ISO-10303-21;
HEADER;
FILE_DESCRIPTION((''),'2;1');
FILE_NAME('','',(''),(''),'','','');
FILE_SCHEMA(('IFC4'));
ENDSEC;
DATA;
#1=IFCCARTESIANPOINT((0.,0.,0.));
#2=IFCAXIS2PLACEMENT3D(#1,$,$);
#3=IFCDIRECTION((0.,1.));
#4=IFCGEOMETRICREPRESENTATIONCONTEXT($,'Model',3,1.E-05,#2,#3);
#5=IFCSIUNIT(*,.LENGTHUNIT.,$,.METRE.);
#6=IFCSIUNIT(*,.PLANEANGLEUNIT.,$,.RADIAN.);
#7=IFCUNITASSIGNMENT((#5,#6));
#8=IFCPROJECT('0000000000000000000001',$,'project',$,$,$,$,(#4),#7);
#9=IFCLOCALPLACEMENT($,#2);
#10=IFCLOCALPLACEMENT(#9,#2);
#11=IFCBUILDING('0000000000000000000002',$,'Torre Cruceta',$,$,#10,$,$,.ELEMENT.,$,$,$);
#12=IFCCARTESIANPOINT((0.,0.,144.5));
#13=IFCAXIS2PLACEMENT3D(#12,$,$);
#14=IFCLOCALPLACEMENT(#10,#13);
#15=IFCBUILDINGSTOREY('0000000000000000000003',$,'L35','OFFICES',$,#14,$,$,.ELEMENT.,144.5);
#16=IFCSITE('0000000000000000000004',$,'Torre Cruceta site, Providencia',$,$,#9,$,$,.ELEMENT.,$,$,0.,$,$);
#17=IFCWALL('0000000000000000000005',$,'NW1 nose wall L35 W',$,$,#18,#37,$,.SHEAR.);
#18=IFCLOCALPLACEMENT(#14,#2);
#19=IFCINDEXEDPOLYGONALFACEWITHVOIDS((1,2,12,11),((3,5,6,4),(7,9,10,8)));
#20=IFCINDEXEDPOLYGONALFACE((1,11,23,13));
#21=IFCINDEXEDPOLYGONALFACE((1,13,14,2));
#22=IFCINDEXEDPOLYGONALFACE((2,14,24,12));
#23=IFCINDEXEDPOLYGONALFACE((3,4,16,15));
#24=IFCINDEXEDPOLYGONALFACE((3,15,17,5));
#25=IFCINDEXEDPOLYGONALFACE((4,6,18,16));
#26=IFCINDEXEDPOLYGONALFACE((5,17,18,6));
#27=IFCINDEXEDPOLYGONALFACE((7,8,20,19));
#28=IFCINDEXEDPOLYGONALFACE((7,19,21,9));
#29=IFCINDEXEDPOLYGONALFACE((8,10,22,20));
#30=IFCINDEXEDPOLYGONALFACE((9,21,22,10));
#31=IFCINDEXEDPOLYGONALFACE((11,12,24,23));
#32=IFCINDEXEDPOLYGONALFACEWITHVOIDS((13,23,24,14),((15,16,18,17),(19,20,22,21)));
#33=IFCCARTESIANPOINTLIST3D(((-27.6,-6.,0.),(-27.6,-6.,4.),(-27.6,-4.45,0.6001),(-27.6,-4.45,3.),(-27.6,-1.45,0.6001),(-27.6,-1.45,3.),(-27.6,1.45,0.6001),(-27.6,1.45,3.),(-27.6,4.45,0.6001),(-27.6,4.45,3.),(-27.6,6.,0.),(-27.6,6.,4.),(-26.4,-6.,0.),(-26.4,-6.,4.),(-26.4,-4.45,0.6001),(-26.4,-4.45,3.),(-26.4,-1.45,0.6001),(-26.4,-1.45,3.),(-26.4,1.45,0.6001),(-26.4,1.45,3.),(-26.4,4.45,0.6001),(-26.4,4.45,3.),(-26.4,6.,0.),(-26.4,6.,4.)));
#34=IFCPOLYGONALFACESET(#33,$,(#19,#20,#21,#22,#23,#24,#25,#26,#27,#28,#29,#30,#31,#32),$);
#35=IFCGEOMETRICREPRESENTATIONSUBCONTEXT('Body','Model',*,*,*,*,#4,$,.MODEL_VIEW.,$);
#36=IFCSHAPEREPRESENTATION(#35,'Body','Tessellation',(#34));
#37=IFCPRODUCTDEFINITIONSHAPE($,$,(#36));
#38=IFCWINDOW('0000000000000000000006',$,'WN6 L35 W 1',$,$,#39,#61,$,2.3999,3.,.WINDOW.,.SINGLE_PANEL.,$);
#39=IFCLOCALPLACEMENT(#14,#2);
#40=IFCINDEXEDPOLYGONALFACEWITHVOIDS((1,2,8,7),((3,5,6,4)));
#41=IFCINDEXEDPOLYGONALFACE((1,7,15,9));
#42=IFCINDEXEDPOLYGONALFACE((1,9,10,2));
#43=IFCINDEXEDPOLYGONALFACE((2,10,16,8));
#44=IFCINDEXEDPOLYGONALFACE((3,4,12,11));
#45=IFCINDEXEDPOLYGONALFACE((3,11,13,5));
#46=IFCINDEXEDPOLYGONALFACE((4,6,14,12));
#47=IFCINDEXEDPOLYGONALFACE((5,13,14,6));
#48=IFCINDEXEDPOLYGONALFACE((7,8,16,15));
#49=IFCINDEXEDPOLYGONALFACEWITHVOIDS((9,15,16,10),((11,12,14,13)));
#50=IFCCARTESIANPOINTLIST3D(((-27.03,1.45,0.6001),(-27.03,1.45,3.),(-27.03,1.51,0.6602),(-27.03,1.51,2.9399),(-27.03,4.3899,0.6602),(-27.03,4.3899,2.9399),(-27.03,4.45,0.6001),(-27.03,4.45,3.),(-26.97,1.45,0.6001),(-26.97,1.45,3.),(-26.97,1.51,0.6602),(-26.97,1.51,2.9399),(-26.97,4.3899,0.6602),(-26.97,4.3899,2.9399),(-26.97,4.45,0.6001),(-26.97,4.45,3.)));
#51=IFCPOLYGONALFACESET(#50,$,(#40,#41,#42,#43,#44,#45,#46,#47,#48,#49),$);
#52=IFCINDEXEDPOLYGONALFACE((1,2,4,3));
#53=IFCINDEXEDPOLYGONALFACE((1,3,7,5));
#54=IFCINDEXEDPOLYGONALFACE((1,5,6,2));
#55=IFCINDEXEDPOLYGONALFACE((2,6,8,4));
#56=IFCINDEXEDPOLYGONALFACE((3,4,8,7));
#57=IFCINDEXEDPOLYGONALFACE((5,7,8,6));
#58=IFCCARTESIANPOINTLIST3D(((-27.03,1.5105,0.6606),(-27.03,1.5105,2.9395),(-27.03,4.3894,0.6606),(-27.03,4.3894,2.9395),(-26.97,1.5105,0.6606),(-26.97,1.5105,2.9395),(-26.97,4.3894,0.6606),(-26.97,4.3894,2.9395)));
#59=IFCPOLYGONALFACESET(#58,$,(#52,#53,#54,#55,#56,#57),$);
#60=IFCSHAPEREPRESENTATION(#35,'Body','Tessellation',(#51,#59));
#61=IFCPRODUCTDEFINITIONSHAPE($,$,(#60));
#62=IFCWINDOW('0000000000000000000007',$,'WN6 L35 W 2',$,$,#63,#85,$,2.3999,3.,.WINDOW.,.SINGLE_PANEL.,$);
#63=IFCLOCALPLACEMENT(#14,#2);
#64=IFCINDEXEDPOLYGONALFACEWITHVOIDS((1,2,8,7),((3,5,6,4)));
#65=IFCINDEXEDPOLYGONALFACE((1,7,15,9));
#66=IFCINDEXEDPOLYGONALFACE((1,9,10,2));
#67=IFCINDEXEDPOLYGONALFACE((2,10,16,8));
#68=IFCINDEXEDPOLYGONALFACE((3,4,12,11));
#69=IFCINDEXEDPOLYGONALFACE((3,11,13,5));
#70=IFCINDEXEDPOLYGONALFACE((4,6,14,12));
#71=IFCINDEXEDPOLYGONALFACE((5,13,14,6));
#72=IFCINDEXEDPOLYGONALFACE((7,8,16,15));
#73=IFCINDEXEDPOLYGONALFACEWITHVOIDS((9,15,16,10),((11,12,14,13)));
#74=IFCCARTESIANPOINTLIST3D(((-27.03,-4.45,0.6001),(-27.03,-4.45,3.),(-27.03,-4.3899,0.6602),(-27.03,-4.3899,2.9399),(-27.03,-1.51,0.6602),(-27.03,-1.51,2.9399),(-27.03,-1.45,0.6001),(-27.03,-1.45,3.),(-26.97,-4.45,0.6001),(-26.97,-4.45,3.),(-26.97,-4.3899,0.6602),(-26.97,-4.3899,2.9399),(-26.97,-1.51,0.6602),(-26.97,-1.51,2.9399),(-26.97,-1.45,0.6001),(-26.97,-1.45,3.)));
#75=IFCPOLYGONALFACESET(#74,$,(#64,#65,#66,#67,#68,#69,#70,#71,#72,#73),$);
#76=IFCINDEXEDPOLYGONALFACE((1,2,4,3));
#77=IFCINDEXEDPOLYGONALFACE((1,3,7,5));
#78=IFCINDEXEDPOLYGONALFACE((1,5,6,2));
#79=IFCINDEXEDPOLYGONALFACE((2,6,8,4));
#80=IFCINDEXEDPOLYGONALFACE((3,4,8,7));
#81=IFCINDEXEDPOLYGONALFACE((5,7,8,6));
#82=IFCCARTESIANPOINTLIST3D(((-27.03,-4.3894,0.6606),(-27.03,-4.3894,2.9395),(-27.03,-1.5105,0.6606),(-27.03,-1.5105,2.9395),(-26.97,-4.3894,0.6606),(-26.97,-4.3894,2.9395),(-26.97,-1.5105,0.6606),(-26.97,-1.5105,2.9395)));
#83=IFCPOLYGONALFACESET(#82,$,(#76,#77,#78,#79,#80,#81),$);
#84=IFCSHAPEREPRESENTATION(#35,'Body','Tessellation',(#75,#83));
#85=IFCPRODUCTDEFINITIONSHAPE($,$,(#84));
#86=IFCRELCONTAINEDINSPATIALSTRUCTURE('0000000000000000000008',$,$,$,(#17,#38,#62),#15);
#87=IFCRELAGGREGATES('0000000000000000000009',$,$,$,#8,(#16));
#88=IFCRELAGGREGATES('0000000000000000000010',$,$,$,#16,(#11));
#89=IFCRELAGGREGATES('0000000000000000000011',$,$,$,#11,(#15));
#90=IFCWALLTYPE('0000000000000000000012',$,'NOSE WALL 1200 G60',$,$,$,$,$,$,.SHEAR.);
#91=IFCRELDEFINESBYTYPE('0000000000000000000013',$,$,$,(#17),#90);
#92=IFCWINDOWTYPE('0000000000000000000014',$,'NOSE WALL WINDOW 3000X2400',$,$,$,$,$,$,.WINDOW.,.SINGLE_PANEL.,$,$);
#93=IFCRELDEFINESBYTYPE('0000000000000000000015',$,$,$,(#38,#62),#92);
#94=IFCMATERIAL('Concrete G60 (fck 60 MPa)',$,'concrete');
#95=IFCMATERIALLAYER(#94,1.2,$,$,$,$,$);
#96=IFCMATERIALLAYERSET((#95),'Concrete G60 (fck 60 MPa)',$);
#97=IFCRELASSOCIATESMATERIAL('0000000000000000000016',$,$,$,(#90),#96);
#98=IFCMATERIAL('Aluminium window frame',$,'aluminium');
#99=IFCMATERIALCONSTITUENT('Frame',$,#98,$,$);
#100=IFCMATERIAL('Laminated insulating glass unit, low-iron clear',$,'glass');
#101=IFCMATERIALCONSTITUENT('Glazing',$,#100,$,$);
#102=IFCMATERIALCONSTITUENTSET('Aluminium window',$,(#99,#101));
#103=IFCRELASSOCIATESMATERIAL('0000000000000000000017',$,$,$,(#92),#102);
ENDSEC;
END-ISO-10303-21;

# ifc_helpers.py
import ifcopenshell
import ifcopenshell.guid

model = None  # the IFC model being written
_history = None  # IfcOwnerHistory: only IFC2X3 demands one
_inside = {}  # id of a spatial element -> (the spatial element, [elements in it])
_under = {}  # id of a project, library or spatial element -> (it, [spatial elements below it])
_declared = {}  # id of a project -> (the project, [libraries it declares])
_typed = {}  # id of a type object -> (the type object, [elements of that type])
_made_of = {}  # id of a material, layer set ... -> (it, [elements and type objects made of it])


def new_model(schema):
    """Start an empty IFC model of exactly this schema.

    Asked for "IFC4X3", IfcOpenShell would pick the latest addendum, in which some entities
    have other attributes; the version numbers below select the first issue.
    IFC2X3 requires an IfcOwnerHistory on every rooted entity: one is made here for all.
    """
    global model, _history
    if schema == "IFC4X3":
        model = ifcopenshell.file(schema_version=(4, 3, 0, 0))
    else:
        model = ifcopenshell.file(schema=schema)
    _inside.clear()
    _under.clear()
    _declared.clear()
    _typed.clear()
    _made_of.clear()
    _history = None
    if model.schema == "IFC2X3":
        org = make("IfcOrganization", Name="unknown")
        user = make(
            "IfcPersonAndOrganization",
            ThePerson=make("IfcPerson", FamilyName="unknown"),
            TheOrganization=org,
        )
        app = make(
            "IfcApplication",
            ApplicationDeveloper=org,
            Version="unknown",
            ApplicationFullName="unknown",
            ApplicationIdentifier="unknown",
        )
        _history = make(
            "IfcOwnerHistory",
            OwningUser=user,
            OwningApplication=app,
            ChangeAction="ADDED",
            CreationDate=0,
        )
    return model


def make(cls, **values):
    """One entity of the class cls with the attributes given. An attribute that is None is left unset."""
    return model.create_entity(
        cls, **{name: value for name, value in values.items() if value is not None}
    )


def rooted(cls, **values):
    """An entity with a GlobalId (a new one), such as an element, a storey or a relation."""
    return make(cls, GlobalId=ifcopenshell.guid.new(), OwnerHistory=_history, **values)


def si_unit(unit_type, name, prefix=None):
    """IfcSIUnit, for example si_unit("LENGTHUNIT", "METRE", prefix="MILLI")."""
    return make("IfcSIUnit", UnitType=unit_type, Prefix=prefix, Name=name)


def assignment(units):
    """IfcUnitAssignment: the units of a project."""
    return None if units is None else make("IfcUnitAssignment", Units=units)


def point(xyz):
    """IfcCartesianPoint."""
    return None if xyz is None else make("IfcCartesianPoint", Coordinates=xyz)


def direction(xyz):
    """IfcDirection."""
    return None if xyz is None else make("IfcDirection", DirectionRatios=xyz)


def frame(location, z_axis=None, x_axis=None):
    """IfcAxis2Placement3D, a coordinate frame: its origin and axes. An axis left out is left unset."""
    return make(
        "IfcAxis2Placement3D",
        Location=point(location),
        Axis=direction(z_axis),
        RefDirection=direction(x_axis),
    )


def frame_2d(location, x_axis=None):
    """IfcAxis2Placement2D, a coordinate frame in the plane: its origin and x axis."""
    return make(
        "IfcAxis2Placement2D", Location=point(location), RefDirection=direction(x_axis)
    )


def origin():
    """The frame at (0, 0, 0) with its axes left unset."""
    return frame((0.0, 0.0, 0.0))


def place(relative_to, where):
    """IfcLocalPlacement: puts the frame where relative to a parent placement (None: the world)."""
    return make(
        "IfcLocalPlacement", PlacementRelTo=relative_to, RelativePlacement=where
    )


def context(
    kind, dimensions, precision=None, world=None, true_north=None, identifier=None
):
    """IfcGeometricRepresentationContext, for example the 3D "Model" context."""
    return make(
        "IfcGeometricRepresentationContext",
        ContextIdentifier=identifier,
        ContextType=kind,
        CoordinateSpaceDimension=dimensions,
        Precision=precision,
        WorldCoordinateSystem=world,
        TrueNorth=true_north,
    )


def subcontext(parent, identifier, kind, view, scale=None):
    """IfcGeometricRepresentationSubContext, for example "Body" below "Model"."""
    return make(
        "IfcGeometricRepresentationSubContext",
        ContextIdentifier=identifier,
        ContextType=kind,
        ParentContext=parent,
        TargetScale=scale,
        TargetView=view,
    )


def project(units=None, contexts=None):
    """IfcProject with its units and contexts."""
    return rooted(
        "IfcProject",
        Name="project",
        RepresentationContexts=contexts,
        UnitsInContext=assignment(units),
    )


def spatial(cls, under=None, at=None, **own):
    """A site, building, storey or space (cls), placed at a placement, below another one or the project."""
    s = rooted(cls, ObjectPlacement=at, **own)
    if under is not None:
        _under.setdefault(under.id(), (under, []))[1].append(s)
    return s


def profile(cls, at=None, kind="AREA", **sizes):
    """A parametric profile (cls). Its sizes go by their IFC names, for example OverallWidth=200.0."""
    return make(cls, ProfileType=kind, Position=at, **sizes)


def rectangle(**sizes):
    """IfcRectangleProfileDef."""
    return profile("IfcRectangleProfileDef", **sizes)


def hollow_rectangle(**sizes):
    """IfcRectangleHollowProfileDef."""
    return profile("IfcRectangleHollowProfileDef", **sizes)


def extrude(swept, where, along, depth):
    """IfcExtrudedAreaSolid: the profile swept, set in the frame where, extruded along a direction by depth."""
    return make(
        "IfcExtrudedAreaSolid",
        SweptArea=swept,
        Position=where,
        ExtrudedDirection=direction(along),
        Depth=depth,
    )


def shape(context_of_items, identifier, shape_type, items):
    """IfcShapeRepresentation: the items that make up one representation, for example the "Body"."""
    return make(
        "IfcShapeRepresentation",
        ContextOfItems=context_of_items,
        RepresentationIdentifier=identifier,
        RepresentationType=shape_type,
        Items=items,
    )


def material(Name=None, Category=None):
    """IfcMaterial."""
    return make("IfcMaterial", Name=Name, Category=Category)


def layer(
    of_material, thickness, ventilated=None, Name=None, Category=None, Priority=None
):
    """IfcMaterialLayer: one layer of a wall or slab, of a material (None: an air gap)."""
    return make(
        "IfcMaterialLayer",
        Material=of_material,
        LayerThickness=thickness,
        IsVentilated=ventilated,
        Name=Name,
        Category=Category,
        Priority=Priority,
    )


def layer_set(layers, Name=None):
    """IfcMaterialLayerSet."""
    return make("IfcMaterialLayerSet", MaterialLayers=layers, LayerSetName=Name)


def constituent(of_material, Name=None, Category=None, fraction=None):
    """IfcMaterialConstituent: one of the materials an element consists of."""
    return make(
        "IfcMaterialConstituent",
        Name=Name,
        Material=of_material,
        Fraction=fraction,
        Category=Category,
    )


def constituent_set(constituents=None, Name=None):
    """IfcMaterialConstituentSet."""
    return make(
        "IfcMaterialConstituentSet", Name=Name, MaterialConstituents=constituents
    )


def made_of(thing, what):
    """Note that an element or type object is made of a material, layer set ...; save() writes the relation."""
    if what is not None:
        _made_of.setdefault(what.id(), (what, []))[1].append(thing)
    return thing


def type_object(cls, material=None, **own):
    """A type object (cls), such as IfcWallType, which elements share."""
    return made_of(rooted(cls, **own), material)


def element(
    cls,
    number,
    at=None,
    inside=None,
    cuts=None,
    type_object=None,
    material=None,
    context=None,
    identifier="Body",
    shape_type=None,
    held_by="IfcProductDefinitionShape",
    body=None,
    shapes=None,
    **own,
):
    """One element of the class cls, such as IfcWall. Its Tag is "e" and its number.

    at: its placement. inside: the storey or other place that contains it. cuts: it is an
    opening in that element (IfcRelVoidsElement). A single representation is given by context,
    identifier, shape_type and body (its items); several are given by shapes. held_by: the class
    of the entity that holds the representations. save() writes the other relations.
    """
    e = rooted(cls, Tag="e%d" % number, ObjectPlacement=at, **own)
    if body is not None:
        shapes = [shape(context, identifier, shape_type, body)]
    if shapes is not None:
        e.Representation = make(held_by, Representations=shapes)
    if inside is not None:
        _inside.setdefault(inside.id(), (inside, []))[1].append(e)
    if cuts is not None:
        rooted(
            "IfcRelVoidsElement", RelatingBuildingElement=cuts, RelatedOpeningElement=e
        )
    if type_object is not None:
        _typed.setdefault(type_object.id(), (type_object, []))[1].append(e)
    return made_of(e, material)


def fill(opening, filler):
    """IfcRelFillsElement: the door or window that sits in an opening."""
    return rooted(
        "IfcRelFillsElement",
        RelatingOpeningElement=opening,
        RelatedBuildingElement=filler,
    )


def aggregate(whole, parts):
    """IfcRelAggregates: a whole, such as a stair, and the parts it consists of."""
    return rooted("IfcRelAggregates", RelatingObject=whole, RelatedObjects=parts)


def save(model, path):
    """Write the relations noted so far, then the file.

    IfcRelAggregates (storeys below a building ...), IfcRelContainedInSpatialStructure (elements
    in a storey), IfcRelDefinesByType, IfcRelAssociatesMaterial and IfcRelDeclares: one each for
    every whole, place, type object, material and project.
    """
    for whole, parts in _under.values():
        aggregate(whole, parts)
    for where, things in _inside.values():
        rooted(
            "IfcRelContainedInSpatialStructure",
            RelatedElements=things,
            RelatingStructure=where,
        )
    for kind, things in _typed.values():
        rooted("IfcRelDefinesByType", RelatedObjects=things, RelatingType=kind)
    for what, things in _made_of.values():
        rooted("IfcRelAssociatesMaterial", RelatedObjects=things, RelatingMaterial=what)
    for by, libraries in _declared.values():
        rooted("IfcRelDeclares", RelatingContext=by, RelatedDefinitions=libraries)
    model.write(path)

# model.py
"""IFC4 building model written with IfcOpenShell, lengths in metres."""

from ifc_helpers import new_model, si_unit, direction, frame, frame_2d, origin, place, context, subcontext, project, spatial, rectangle, hollow_rectangle, extrude, material, layer, layer_set, constituent, constituent_set, type_object, element, fill, save


model = new_model("IFC4")

# Units and contexts
model_context = context("Model", 3, precision=1e-05, world=origin(), true_north=direction((0.0, 1.0)))
body_context = subcontext(model_context, "Body", "Model", "MODEL_VIEW")
ifc_project = project(units=[si_unit("LENGTHUNIT", "METRE"), si_unit("PLANEANGLEUNIT", "RADIAN")], contexts=[model_context])

# Site, building, storey
site_placement = place(None, origin())
site = spatial("IfcSite", under=ifc_project, at=site_placement, Name="Torre Cruceta site, Providencia", CompositionType="ELEMENT", RefElevation=0.0)
building_placement = place(site_placement, origin())
building = spatial("IfcBuilding", under=site, at=building_placement, Name="Torre Cruceta", CompositionType="ELEMENT")
storey_placement = place(building_placement, frame((0.0, 0.0, 144.5)))
storey = spatial("IfcBuildingStorey", under=building, at=storey_placement, Name="L35", Description="OFFICES", CompositionType="ELEMENT", Elevation=144.5)

# Wall, openings, windows
ifc_material_1 = material(Name="Concrete G60 (fck 60 MPa)", Category="concrete")
ifc_layer_1 = layer(ifc_material_1, 1.2)
ifc_layer_set_1 = layer_set([ifc_layer_1], Name="Concrete G60 (fck 60 MPa)")
wall_type_1 = type_object("IfcWallType", Name="NOSE WALL 1200 G60", PredefinedType="SHEAR", material=ifc_layer_set_1)
wall_1_placement = place(storey_placement, frame((-27.0, 6.0, 0.0), z_axis=(0.0, 0.0, 1.0), x_axis=(0.0, -1.0, 0.0)))
wall_1 = element("IfcWall", 1, at=wall_1_placement, inside=storey, type_object=wall_type_1, Name="NW1 nose wall L35 W", PredefinedType="SHEAR", context=body_context, shape_type="SweptSolid", body=[
    extrude(rectangle(XDim=12.0, YDim=1.2, at=frame_2d((6.0, 0.0))), origin(), (0.0, 0.0, 1.0), 4.0),
])
opening_1_placement = place(wall_1_placement, frame((1.55, 0.0, 0.6001)))
opening_1 = element("IfcOpeningElement", 2, at=opening_1_placement, cuts=wall_1, PredefinedType="OPENING", context=body_context, shape_type="SweptSolid", body=[
    extrude(rectangle(XDim=3.0, YDim=2.3999, at=frame_2d((1.5, 1.2))), frame((0.0, 0.6099, 0.0), z_axis=(0.0, -1.0, 0.0), x_axis=(1.0, 0.0, 0.0)), (0.0, 0.0, 1.0), 1.22),
])
opening_2_placement = place(wall_1_placement, frame((7.45, 0.0, 0.6001)))
opening_2 = element("IfcOpeningElement", 3, at=opening_2_placement, cuts=wall_1, PredefinedType="OPENING", context=body_context, shape_type="SweptSolid", body=[
    extrude(rectangle(XDim=3.0, YDim=2.3999, at=frame_2d((1.5, 1.2))), frame((0.0, 0.6099, 0.0), z_axis=(0.0, -1.0, 0.0), x_axis=(1.0, 0.0, 0.0)), (0.0, 0.0, 1.0), 1.22),
])
ifc_material_2 = material(Name="Aluminium window frame", Category="aluminium")
ifc_constituent_1 = constituent(ifc_material_2, Name="Frame")
ifc_material_3 = material(Name="Laminated insulating glass unit, low-iron clear", Category="glass")
ifc_constituent_2 = constituent(ifc_material_3, Name="Glazing")
ifc_constituent_set_1 = constituent_set(constituents=[ifc_constituent_1, ifc_constituent_2], Name="Aluminium window")
window_type_1 = type_object("IfcWindowType", Name="NOSE WALL WINDOW 3000X2400", PartitioningType="SINGLE_PANEL", PredefinedType="WINDOW", material=ifc_constituent_set_1)
window_1_placement = place(opening_1_placement, origin())
window_1 = element("IfcWindow", 4, at=window_1_placement, inside=storey, type_object=window_type_1, Name="WN6 L35 W 1", OverallHeight=2.3999, OverallWidth=3.0, PartitioningType="SINGLE_PANEL", PredefinedType="WINDOW", context=body_context, shape_type="SweptSolid", body=[
    extrude(hollow_rectangle(XDim=3.0, YDim=2.3999, WallThickness=0.0601, at=frame_2d((1.5, 1.2))), frame((0.0, 0.03, 0.0), z_axis=(0.0, -1.0, 0.0), x_axis=(1.0, 0.0, 0.0)), (0.0, 0.0, 1.0), 0.0601),
    extrude(rectangle(XDim=2.8789, YDim=2.2788, at=frame_2d((1.5, 1.2))), frame((0.0, 0.03, 0.0), z_axis=(0.0, -1.0, 0.0), x_axis=(1.0, 0.0, 0.0)), (0.0, 0.0, 1.0), 0.0601),
])
fill(opening_1, window_1)
window_2_placement = place(opening_2_placement, origin())
window_2 = element("IfcWindow", 5, at=window_2_placement, inside=storey, type_object=window_type_1, Name="WN6 L35 W 2", OverallHeight=2.3999, OverallWidth=3.0, PartitioningType="SINGLE_PANEL", PredefinedType="WINDOW", context=body_context, shape_type="SweptSolid", body=[
    extrude(hollow_rectangle(XDim=3.0, YDim=2.3999, WallThickness=0.0601, at=frame_2d((1.5, 1.2))), frame((0.0, 0.03, 0.0), z_axis=(0.0, -1.0, 0.0), x_axis=(1.0, 0.0, 0.0)), (0.0, 0.0, 1.0), 0.0601),
    extrude(rectangle(XDim=2.8789, YDim=2.2788, at=frame_2d((1.5, 1.2))), frame((0.0, 0.03, 0.0), z_axis=(0.0, -1.0, 0.0), x_axis=(1.0, 0.0, 0.0)), (0.0, 0.0, 1.0), 0.0601),
])
fill(opening_2, window_2)

save(model, "model.ifc")
